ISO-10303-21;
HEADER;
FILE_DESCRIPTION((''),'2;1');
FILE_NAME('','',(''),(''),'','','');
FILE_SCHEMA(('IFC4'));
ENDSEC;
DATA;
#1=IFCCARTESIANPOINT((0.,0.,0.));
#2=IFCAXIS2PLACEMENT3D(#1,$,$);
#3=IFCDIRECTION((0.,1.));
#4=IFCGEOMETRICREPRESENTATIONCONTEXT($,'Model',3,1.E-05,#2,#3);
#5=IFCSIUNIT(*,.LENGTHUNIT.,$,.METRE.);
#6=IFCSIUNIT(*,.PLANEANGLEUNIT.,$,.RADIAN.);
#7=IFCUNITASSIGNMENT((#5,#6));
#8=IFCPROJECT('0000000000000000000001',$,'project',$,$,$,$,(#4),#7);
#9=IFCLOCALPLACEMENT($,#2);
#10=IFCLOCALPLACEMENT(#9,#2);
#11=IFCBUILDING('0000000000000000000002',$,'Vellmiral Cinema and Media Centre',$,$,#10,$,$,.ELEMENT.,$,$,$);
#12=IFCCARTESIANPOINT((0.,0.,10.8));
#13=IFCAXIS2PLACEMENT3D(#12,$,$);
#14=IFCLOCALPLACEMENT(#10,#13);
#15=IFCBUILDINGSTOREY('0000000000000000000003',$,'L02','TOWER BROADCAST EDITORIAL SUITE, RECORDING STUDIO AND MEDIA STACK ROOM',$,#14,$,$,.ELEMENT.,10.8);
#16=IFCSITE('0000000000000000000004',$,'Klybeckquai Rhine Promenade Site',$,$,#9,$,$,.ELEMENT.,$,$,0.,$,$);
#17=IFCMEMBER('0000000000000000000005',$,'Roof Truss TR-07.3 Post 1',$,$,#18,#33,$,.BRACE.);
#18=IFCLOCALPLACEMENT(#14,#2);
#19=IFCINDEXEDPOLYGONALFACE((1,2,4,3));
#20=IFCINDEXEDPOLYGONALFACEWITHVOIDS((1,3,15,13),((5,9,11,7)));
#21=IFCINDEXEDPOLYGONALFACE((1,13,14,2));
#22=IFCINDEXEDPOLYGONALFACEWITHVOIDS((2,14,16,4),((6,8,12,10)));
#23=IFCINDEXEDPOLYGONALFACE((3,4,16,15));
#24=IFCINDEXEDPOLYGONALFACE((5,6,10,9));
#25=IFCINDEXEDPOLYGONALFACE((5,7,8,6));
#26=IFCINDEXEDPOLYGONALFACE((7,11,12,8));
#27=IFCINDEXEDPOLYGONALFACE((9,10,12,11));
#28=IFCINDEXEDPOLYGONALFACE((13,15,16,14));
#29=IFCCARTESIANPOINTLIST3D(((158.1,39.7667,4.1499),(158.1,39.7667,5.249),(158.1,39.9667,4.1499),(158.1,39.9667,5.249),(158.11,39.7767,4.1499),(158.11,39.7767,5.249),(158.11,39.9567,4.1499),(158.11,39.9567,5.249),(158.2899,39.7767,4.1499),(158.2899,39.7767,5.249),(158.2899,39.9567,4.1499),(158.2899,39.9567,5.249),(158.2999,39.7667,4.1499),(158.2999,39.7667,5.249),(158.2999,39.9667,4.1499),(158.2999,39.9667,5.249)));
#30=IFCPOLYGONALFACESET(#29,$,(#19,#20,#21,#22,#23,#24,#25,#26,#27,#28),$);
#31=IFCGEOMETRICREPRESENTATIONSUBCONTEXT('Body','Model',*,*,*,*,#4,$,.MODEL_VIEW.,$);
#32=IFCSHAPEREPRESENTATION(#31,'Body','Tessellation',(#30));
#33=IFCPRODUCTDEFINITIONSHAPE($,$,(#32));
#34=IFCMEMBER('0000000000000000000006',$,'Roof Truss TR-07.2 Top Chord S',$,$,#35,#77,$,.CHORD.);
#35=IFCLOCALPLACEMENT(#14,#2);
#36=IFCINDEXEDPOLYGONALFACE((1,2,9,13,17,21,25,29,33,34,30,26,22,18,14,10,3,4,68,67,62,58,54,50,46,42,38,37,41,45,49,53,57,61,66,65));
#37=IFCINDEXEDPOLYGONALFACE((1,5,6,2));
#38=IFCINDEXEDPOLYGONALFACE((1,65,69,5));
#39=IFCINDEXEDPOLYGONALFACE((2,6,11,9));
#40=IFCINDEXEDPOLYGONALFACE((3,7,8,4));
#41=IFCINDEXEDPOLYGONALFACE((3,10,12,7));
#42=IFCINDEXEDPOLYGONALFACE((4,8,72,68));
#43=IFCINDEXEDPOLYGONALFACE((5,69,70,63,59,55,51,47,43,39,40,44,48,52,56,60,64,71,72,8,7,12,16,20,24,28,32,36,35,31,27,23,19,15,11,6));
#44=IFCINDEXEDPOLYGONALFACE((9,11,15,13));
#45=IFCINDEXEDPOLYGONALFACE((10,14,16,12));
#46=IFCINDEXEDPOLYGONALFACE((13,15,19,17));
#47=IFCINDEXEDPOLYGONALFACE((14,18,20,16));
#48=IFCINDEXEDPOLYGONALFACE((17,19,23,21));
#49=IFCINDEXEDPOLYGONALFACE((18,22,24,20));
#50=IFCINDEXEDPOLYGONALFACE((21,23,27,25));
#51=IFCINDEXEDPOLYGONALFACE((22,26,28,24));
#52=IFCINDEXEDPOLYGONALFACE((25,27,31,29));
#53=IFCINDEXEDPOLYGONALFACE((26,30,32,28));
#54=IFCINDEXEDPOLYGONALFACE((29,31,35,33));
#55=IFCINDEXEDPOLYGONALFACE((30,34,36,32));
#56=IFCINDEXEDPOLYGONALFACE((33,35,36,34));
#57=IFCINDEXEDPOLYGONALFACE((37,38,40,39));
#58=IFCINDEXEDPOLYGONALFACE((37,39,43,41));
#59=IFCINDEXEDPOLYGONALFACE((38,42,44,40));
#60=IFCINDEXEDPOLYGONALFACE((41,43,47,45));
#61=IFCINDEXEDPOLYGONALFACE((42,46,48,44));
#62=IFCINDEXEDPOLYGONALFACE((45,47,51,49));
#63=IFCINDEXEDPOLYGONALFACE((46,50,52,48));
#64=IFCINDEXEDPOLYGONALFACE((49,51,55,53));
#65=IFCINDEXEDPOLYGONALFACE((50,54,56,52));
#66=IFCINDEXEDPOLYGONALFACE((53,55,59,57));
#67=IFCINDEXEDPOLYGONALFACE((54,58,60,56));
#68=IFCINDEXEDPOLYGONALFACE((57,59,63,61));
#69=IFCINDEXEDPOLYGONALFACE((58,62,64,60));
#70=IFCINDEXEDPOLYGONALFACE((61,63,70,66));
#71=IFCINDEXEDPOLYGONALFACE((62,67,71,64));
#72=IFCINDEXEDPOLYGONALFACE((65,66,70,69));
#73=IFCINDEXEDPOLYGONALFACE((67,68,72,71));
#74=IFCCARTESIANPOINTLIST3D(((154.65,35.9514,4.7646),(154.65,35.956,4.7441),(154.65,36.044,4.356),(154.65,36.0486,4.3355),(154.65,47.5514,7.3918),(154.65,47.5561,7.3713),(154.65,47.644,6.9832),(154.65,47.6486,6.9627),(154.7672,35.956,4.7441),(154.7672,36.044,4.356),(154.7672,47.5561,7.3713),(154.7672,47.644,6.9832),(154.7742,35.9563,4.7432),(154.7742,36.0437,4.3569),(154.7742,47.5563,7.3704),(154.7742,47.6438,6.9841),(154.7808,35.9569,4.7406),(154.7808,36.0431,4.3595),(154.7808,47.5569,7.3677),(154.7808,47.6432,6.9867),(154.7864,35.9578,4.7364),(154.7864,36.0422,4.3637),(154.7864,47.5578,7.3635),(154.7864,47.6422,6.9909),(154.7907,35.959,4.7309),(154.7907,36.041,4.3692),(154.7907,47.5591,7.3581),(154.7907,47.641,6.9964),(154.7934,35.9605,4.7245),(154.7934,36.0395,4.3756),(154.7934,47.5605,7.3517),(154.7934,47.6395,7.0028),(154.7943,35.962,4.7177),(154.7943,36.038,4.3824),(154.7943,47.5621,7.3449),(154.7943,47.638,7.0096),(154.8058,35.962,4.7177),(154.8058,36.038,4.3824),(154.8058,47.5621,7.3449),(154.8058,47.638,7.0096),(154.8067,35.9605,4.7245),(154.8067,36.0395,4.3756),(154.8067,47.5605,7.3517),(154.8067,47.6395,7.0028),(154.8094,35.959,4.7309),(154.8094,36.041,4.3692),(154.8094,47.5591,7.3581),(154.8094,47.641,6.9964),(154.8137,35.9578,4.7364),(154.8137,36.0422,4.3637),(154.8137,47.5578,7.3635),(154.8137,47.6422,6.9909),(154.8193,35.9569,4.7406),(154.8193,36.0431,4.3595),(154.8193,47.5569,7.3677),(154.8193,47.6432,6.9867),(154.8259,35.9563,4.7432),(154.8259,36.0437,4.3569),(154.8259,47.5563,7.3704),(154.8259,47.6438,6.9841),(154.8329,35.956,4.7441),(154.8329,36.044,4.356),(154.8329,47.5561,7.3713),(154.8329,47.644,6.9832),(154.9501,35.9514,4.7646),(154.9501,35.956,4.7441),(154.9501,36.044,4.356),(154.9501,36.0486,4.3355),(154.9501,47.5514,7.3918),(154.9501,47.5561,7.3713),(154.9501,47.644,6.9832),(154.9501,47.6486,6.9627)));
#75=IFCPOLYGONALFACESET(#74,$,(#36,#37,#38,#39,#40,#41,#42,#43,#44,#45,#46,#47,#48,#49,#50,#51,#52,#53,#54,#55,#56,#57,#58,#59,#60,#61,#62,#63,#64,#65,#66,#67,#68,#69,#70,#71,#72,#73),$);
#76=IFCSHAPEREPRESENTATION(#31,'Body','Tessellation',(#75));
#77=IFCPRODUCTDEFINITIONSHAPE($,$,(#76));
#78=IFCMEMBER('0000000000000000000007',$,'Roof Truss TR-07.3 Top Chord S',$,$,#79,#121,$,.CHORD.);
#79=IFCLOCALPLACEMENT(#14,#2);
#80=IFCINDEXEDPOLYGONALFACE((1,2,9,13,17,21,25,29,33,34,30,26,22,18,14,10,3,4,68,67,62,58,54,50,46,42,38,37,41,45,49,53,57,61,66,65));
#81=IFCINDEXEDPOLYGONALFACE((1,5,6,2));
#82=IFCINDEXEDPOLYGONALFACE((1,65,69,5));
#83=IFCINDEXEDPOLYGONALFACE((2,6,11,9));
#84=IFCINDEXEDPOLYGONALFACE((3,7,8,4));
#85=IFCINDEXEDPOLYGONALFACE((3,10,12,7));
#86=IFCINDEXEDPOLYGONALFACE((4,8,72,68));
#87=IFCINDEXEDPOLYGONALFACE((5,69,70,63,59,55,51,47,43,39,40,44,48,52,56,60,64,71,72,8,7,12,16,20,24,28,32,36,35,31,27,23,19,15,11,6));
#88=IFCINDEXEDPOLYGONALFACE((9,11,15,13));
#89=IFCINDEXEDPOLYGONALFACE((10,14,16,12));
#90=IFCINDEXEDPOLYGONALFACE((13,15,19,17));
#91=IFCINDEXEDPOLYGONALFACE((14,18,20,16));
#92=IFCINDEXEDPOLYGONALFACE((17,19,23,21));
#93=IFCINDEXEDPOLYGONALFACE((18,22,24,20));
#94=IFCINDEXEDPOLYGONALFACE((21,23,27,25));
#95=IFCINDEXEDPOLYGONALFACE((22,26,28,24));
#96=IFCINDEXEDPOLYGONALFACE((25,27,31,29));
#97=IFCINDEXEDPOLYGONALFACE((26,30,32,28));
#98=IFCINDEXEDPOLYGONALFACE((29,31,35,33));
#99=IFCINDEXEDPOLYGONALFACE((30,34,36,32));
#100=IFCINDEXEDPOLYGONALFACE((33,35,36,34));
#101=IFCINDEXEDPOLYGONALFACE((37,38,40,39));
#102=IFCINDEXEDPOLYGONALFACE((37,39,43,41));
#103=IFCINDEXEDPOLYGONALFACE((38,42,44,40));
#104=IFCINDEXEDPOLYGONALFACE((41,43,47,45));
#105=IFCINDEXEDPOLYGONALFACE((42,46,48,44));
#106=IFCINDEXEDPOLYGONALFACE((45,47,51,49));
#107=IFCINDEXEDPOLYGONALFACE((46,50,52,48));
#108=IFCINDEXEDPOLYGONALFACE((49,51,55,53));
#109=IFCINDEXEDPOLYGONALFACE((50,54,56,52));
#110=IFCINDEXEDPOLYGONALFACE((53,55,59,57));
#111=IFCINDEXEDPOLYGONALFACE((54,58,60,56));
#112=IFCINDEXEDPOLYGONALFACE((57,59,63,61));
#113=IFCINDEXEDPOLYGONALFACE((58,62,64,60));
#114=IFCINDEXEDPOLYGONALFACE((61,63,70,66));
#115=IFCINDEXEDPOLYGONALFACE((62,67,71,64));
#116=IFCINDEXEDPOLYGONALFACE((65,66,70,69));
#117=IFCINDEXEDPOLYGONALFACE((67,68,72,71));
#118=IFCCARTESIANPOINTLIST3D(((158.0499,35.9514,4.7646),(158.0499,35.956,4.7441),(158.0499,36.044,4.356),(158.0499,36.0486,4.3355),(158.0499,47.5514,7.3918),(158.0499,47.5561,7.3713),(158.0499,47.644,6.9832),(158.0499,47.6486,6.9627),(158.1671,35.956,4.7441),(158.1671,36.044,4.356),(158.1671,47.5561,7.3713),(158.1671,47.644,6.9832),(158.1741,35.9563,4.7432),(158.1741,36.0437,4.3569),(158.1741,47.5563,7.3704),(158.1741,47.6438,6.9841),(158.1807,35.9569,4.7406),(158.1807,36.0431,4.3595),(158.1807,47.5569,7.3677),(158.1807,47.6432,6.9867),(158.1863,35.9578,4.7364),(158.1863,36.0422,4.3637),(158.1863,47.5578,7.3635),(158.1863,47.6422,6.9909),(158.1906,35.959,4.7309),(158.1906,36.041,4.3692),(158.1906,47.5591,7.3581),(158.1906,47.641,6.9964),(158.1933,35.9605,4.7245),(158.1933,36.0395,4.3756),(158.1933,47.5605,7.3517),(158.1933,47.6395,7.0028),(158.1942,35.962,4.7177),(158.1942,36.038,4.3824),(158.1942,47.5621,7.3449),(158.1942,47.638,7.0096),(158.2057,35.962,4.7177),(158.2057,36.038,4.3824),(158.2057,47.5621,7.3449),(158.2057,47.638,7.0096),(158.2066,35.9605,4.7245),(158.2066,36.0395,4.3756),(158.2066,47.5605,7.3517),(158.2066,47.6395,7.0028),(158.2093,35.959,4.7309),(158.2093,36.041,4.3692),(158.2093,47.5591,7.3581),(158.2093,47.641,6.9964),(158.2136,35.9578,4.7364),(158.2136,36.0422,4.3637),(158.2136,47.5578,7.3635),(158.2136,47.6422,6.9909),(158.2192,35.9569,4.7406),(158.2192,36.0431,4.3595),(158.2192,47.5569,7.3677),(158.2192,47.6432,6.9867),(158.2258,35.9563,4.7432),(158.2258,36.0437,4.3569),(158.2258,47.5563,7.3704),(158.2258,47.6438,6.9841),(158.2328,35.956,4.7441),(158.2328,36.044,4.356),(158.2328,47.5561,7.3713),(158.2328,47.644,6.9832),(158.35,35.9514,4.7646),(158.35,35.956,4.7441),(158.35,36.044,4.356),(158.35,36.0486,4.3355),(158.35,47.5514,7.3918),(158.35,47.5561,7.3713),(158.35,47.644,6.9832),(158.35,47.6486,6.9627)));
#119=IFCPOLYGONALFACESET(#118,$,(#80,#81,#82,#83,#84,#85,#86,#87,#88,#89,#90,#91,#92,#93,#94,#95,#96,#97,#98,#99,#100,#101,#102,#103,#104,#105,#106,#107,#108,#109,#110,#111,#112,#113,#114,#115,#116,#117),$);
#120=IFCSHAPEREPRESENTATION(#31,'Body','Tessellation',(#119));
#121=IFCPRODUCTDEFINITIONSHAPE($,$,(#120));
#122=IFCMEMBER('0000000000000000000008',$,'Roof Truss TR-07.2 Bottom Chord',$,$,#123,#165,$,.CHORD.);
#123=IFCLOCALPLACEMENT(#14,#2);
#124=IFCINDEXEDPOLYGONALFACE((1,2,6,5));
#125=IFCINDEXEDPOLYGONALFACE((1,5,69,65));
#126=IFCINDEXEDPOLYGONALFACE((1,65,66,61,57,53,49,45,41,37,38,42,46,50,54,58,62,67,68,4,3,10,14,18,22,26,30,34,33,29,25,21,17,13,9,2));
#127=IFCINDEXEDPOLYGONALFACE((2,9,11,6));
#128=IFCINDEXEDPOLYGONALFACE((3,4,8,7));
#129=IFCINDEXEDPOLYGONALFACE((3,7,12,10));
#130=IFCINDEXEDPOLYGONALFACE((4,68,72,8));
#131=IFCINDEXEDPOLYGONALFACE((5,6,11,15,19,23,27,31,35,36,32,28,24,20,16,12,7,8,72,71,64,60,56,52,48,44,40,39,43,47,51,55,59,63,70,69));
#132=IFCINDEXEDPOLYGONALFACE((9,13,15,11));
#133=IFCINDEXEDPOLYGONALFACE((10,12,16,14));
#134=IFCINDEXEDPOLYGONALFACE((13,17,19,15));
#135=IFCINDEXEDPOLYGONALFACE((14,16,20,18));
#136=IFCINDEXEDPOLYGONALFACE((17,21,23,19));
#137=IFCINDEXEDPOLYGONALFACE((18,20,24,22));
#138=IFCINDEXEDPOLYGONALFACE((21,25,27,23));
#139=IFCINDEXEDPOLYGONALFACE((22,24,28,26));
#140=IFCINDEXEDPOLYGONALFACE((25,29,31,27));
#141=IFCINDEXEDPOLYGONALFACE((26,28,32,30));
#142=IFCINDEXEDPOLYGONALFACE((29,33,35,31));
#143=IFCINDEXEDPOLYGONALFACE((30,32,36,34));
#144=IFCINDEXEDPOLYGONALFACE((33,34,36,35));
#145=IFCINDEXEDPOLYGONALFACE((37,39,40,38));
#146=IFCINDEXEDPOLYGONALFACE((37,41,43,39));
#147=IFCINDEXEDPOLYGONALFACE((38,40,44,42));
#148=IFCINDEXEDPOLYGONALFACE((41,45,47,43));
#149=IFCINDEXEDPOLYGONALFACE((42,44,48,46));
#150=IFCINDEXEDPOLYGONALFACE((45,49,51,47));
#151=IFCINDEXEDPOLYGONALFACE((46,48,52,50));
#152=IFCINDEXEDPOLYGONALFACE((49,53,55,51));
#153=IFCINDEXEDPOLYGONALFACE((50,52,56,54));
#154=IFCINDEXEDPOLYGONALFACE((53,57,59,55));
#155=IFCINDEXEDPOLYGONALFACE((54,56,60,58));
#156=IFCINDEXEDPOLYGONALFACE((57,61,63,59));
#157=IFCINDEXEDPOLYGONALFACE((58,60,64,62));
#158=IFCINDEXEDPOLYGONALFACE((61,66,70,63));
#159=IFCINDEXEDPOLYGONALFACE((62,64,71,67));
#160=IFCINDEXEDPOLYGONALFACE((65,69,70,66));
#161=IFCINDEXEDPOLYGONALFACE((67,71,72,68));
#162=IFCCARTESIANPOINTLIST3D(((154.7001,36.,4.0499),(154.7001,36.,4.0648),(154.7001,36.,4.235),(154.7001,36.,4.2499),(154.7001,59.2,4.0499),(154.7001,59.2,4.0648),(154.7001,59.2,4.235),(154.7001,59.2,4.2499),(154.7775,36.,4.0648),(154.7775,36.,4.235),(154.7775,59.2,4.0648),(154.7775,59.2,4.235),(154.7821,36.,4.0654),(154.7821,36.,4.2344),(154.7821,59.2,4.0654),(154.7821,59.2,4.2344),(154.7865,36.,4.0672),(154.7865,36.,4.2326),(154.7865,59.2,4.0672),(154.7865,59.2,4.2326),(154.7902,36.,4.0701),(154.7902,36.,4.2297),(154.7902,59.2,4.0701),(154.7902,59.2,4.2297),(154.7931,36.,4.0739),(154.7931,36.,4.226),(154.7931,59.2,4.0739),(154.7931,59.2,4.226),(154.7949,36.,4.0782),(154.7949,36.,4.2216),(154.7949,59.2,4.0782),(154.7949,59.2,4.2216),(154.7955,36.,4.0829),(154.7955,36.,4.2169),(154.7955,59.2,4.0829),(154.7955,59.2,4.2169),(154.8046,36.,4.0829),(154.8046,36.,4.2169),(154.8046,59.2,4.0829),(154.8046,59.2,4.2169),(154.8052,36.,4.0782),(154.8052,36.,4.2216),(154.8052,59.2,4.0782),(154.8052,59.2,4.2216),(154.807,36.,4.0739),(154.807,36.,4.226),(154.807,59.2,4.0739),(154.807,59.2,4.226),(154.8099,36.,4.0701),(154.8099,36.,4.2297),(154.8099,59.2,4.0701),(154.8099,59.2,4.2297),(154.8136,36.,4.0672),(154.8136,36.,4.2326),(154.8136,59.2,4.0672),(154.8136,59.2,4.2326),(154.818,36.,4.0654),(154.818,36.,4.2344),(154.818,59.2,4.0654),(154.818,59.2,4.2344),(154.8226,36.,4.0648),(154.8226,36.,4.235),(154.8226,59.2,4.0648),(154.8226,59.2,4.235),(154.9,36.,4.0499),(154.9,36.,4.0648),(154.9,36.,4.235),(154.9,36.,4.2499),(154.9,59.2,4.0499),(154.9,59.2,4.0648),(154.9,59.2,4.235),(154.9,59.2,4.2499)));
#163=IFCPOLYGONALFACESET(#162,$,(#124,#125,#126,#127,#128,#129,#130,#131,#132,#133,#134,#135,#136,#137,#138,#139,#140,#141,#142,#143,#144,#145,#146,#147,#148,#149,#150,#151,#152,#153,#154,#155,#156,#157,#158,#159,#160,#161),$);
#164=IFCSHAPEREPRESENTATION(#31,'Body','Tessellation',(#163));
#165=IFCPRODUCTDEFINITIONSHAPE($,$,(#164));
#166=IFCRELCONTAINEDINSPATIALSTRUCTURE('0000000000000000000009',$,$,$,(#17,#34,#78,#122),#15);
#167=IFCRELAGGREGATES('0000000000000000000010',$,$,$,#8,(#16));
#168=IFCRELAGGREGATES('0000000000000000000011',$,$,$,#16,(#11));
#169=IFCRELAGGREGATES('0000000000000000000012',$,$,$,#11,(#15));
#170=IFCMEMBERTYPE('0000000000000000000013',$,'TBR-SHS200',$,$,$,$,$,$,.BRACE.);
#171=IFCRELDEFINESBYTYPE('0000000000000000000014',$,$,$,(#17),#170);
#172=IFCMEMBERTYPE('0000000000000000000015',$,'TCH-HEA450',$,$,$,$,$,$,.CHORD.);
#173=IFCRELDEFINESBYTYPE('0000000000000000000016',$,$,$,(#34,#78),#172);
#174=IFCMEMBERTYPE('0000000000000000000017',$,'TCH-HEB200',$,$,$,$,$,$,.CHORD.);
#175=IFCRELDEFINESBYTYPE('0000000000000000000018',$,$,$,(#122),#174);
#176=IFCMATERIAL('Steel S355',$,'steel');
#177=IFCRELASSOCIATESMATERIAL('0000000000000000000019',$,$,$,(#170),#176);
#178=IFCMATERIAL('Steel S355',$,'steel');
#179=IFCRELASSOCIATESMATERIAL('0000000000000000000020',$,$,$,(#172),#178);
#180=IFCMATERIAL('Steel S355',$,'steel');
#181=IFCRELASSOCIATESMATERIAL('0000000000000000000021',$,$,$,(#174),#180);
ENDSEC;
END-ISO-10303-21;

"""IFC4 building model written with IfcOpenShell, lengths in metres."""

from ifc_helpers import new_model, si_unit, direction, frame, origin, origin_2d, place, context, subcontext, project, spatial, hollow_rectangle, i_section, extrude, material, material_profile, profile_set, type_object, element, save


model = new_model("IFC4")

# Units and contexts
model_context = context("Model", 3, precision=1e-05, world=origin(), true_north=direction((0.0, 1.0)))
body_context = subcontext(model_context, "Body", "Model", "MODEL_VIEW")
ifc_project = project(units=[si_unit("LENGTHUNIT", "METRE"), si_unit("PLANEANGLEUNIT", "RADIAN")], contexts=[model_context])

# Site, building, storey
site_placement = place(None, origin())
site = spatial("IfcSite", under=ifc_project, at=site_placement, Name="Klybeckquai Rhine Promenade Site", CompositionType="ELEMENT", RefElevation=0.0)
building_placement = place(site_placement, origin())
building = spatial("IfcBuilding", under=site, at=building_placement, Name="Vellmiral Cinema and Media Centre", CompositionType="ELEMENT")
storey_placement = place(building_placement, frame((0.0, 0.0, 10.8)))
storey = spatial("IfcBuildingStorey", under=building, at=storey_placement, Name="L02", Description="TOWER BROADCAST EDITORIAL SUITE, RECORDING STUDIO AND MEDIA STACK ROOM", CompositionType="ELEMENT", Elevation=10.8)

# Members
ifc_material_1 = material(Name="Steel S355", Category="steel")
ifc_material_profile_1 = material_profile(ifc_material_1, hollow_rectangle(XDim=0.2, YDim=0.2, WallThickness=0.01, at=origin_2d()), Name="SHS 200x200x10.0")
ifc_profile_set_1 = profile_set([ifc_material_profile_1], Name="Steel S355")
member_type_1 = type_object("IfcMemberType", Name="TBR-SHS200", PredefinedType="BRACE", material=ifc_profile_set_1)
for number, where, z_axis, x_axis, name in (
    (1, (158.2, 39.8667, 4.1499), (0.0, 0.0, 1.0), (1.0, 0.0, 0.0), "Roof Truss TR-07.3 Post 1"),
):
    element("IfcMember", number, at=place(storey_placement, frame(where, z_axis=z_axis, x_axis=x_axis)), inside=storey, type_object=member_type_1, Name=name, PredefinedType="BRACE", context=body_context, shape_type="SweptSolid", body=[
        extrude(hollow_rectangle(XDim=0.2, YDim=0.2, WallThickness=0.01, at=origin_2d()), origin(), (0.0, 0.0, 1.0), 1.0991),
    ])
ifc_material_2 = material(Name="Steel S355", Category="steel")
ifc_material_profile_2 = material_profile(ifc_material_2, i_section(OverallWidth=0.3, OverallDepth=0.4399, WebThickness=0.0115, FlangeThickness=0.021, FilletRadius=0.0271, at=origin_2d()), Name="HEA 450")
ifc_profile_set_2 = profile_set([ifc_material_profile_2], Name="Steel S355")
member_type_2 = type_object("IfcMemberType", Name="TCH-HEA450", PredefinedType="CHORD", material=ifc_profile_set_2)
for number, where, z_axis, x_axis, name in (
    (2, (154.8, 36.0, 4.55), (0.0, 0.9753, 0.220886), (-1.0, 0.0, 0.0), "Roof Truss TR-07.2 Top Chord S"),
    (3, (158.2, 36.0, 4.55), (0.0, 0.9753, 0.220886), (-1.0, 0.0, 0.0), "Roof Truss TR-07.3 Top Chord S"),
):
    element("IfcMember", number, at=place(storey_placement, frame(where, z_axis=z_axis, x_axis=x_axis)), inside=storey, type_object=member_type_2, Name=name, PredefinedType="CHORD", context=body_context, shape_type="SweptSolid", body=[
        extrude(i_section(OverallWidth=0.3, OverallDepth=0.4399, WebThickness=0.0115, FlangeThickness=0.021, FilletRadius=0.0271, at=origin_2d()), origin(), (0.0, 0.0, 1.0), 11.8938),
    ])
ifc_material_3 = material(Name="Steel S355", Category="steel")
ifc_material_profile_3 = material_profile(ifc_material_3, i_section(OverallWidth=0.2, OverallDepth=0.2, WebThickness=0.009, FlangeThickness=0.0149, FilletRadius=0.0181, at=origin_2d()), Name="HEB 200")
ifc_profile_set_3 = profile_set([ifc_material_profile_3], Name="Steel S355")
member_type_3 = type_object("IfcMemberType", Name="TCH-HEB200", PredefinedType="CHORD", material=ifc_profile_set_3)
for number, where, z_axis, x_axis, name in (
    (4, (154.8, 36.0, 4.1499), (0.0, 1.0, 0.0), (-1.0, 0.0, 0.0), "Roof Truss TR-07.2 Bottom Chord"),
):
    element("IfcMember", number, at=place(storey_placement, frame(where, z_axis=z_axis, x_axis=x_axis)), inside=storey, type_object=member_type_3, Name=name, PredefinedType="CHORD", context=body_context, shape_type="SweptSolid", body=[
        extrude(i_section(OverallWidth=0.2, OverallDepth=0.2, WebThickness=0.009, FlangeThickness=0.0149, FilletRadius=0.0181, at=origin_2d()), origin(), (0.0, 0.0, 1.0), 23.2),
    ])

save(model, "model.ifc")
